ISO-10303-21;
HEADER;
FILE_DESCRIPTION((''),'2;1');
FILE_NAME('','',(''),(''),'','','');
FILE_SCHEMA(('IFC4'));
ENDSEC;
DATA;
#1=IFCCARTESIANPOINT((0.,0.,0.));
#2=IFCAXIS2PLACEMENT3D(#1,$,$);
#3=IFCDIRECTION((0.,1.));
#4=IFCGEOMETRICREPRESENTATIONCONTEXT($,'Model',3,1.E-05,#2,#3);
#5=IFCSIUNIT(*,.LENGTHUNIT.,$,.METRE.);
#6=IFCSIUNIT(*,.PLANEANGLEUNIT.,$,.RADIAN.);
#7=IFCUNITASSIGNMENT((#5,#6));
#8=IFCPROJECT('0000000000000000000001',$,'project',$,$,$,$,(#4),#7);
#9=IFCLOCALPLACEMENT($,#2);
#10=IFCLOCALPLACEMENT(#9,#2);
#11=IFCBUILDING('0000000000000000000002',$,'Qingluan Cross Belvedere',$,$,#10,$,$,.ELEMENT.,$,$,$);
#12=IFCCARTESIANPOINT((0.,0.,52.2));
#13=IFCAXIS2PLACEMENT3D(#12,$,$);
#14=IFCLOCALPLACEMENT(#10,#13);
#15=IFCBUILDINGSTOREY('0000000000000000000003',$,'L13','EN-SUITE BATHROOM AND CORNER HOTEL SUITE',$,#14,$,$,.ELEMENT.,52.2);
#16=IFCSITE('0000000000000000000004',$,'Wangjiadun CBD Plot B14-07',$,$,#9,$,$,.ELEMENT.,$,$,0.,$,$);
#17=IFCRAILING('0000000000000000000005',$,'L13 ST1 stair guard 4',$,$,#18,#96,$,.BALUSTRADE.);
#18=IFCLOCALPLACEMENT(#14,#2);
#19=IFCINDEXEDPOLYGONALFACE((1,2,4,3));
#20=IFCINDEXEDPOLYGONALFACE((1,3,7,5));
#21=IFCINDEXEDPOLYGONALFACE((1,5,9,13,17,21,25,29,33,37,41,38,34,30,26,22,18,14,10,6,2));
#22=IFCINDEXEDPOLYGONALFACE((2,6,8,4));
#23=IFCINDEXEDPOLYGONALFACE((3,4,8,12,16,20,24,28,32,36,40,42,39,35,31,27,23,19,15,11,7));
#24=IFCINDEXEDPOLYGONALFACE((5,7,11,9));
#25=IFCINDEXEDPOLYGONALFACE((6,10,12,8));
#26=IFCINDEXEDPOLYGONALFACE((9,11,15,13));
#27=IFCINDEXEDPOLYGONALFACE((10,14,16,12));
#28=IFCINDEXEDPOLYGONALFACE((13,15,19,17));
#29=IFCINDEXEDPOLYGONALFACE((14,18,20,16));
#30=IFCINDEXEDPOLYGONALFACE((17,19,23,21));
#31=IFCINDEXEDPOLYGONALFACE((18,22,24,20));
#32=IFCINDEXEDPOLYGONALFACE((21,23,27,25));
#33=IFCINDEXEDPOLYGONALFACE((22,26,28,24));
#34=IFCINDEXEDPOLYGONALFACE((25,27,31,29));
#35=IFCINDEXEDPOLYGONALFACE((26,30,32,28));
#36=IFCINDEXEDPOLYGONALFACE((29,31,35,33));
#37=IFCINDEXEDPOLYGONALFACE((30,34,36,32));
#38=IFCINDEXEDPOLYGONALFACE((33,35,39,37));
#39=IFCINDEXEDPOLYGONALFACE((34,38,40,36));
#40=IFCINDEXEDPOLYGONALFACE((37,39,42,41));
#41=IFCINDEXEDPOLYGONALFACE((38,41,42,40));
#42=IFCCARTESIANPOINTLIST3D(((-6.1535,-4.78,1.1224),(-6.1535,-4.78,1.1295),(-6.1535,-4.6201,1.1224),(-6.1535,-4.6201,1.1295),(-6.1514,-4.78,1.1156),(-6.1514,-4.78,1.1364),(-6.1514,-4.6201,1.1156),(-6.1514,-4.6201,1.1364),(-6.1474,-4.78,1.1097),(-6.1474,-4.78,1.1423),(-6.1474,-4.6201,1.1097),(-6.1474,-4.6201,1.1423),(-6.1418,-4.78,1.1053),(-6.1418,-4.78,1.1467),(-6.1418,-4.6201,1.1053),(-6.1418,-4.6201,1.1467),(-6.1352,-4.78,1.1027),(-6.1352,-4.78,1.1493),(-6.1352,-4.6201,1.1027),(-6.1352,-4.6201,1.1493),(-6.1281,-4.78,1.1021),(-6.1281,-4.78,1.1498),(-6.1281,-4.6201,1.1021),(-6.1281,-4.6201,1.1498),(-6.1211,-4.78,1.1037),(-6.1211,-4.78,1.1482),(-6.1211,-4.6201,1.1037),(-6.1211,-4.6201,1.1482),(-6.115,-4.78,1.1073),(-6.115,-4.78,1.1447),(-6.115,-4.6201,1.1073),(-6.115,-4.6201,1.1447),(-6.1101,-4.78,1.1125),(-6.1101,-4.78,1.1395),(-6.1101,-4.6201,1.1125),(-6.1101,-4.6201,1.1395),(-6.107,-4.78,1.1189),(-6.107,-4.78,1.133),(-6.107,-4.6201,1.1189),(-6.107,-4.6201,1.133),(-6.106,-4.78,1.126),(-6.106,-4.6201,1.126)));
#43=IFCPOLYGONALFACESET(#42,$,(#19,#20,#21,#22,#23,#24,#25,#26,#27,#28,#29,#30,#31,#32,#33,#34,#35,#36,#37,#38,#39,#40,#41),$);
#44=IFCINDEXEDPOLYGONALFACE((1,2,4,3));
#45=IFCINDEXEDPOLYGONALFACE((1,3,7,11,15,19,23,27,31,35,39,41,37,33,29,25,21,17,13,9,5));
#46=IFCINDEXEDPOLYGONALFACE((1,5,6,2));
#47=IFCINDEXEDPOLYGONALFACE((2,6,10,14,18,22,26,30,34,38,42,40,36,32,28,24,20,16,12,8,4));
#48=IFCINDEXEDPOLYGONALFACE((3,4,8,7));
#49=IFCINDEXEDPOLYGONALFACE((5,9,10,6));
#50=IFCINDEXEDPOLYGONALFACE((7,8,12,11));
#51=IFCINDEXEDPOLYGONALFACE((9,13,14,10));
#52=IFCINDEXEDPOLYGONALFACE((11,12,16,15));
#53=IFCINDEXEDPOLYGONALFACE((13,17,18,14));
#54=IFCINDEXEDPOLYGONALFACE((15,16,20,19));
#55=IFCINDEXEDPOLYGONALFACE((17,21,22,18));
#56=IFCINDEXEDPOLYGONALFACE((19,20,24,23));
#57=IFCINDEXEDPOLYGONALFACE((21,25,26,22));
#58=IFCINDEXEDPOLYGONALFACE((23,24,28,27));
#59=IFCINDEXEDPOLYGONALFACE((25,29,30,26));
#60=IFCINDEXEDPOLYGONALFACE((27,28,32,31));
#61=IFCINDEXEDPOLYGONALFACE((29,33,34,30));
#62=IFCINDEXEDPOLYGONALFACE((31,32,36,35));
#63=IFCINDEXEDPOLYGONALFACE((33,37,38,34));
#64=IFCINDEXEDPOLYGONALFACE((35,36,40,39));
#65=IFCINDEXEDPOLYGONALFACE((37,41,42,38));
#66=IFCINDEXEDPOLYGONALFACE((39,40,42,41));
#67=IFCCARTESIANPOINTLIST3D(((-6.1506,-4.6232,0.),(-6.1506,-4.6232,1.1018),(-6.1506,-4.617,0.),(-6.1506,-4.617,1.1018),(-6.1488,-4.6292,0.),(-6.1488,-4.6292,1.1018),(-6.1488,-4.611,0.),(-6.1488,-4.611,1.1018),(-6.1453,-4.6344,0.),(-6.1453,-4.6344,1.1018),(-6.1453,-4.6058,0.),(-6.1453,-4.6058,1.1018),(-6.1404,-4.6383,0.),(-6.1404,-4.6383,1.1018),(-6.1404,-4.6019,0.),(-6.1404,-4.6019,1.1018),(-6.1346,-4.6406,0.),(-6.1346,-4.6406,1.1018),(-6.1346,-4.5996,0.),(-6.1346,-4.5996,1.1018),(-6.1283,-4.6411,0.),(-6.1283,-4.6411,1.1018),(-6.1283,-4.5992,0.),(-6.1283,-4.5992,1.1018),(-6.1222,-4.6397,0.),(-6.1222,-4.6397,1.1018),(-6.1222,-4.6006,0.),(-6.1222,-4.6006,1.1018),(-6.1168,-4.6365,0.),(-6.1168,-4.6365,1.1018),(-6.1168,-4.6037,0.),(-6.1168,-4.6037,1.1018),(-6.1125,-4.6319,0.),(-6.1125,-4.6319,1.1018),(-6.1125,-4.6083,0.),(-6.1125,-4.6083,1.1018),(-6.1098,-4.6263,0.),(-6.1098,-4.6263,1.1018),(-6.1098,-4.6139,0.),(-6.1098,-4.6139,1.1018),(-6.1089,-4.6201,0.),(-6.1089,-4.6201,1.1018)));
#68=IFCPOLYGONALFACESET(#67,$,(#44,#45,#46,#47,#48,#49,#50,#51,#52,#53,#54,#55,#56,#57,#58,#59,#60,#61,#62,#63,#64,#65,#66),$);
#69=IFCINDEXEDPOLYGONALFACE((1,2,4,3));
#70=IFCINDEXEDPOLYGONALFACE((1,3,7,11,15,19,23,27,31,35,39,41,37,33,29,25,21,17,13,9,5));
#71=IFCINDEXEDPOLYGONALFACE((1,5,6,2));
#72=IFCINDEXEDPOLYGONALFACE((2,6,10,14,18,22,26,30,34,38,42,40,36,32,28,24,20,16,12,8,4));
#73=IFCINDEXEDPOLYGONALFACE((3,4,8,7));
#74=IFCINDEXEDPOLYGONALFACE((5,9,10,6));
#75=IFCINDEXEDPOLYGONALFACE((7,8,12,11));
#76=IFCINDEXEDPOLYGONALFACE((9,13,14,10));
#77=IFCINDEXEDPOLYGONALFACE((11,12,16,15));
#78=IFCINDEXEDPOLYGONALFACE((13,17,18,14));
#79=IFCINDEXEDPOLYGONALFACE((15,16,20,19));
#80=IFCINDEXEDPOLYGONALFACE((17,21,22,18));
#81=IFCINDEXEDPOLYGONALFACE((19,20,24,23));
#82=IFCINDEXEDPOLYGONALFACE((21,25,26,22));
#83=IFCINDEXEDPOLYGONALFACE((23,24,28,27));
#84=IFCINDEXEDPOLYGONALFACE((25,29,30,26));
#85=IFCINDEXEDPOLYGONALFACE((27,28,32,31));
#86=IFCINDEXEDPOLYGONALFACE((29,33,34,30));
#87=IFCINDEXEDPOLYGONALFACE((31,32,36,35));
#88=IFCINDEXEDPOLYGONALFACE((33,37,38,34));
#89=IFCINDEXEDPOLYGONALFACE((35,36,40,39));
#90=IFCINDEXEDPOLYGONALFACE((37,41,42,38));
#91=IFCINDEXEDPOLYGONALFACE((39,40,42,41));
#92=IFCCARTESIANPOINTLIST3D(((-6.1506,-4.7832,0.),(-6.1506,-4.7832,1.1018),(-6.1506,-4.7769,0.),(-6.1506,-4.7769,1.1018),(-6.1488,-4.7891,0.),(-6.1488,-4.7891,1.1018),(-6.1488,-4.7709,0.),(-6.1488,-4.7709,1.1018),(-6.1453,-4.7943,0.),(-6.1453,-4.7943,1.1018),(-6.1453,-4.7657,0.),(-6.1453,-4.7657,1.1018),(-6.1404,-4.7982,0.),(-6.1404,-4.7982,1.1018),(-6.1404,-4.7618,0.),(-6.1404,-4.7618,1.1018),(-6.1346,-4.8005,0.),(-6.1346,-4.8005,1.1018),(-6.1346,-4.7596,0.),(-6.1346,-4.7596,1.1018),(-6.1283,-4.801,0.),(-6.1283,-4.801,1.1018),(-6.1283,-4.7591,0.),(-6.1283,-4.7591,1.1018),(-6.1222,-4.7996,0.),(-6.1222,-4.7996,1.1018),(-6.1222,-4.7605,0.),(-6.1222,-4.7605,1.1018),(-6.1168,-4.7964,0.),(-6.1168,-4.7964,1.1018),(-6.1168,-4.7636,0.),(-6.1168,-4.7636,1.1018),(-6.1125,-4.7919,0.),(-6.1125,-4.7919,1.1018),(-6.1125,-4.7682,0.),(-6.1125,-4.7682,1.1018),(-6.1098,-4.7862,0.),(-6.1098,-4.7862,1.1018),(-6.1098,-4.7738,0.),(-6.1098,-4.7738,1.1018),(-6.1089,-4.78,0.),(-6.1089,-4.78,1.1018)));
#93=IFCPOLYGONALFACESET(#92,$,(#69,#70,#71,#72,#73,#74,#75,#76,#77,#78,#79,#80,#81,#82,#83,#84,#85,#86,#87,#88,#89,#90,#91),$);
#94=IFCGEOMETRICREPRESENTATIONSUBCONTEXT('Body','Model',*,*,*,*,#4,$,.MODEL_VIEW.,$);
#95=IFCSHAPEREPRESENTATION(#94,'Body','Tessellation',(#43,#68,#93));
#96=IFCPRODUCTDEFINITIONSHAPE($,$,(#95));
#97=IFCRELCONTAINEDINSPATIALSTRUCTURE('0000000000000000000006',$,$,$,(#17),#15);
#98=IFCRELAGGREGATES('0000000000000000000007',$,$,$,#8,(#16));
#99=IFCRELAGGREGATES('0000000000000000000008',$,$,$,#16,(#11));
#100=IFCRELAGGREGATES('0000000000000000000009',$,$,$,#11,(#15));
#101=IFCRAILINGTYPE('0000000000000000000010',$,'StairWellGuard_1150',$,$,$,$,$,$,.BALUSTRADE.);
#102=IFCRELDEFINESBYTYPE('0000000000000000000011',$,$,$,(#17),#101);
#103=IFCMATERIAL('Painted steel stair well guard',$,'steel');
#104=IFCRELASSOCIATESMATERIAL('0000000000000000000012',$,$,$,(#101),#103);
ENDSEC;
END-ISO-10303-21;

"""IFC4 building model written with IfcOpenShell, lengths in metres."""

from ifc_helpers import new_model, si_unit, direction, frame, origin, origin_2d, place, context, subcontext, project, spatial, circle, extrude, material, type_object, element, save


model = new_model("IFC4")

# Units and contexts
model_context = context("Model", 3, precision=1e-05, world=origin(), true_north=direction((0.0, 1.0)))
body_context = subcontext(model_context, "Body", "Model", "MODEL_VIEW")
ifc_project = project(units=[si_unit("LENGTHUNIT", "METRE"), si_unit("PLANEANGLEUNIT", "RADIAN")], contexts=[model_context])

# Site, building, storey
site_placement = place(None, origin())
site = spatial("IfcSite", under=ifc_project, at=site_placement, Name="Wangjiadun CBD Plot B14-07", CompositionType="ELEMENT", RefElevation=0.0)
building_placement = place(site_placement, origin())
building = spatial("IfcBuilding", under=site, at=building_placement, Name="Qingluan Cross Belvedere", CompositionType="ELEMENT")
storey_placement = place(building_placement, frame((0.0, 0.0, 52.2)))
storey = spatial("IfcBuildingStorey", under=building, at=storey_placement, Name="L13", Description="EN-SUITE BATHROOM AND CORNER HOTEL SUITE", CompositionType="ELEMENT", Elevation=52.2)

# Railing
ifc_material_1 = material(Name="Painted steel stair well guard", Category="steel")
railing_type_1 = type_object("IfcRailingType", Name="StairWellGuard_1150", PredefinedType="BALUSTRADE", material=ifc_material_1)
railing_1_placement = place(storey_placement, frame((-6.1299, -4.6201, 0.0)))
element("IfcRailing", 1, at=railing_1_placement, inside=storey, type_object=railing_type_1, Name="L13 ST1 stair guard 4", PredefinedType="BALUSTRADE", context=body_context, shape_type="SweptSolid", body=[
    extrude(circle(Radius=0.0239, at=origin_2d()), frame((0.0, 0.0, 1.126), z_axis=(0.0, -1.0, 0.0), x_axis=(1.0, 0.0, 0.0)), (0.0, 0.0, 1.0), 0.1599),
    extrude(circle(Radius=0.021, at=origin_2d()), origin(), (0.0, 0.0, 1.0), 1.1018),
    extrude(circle(Radius=0.021, at=origin_2d()), frame((0.0, -0.1599, 0.0)), (0.0, 0.0, 1.0), 1.1018),
])

save(model, "model.ifc")
